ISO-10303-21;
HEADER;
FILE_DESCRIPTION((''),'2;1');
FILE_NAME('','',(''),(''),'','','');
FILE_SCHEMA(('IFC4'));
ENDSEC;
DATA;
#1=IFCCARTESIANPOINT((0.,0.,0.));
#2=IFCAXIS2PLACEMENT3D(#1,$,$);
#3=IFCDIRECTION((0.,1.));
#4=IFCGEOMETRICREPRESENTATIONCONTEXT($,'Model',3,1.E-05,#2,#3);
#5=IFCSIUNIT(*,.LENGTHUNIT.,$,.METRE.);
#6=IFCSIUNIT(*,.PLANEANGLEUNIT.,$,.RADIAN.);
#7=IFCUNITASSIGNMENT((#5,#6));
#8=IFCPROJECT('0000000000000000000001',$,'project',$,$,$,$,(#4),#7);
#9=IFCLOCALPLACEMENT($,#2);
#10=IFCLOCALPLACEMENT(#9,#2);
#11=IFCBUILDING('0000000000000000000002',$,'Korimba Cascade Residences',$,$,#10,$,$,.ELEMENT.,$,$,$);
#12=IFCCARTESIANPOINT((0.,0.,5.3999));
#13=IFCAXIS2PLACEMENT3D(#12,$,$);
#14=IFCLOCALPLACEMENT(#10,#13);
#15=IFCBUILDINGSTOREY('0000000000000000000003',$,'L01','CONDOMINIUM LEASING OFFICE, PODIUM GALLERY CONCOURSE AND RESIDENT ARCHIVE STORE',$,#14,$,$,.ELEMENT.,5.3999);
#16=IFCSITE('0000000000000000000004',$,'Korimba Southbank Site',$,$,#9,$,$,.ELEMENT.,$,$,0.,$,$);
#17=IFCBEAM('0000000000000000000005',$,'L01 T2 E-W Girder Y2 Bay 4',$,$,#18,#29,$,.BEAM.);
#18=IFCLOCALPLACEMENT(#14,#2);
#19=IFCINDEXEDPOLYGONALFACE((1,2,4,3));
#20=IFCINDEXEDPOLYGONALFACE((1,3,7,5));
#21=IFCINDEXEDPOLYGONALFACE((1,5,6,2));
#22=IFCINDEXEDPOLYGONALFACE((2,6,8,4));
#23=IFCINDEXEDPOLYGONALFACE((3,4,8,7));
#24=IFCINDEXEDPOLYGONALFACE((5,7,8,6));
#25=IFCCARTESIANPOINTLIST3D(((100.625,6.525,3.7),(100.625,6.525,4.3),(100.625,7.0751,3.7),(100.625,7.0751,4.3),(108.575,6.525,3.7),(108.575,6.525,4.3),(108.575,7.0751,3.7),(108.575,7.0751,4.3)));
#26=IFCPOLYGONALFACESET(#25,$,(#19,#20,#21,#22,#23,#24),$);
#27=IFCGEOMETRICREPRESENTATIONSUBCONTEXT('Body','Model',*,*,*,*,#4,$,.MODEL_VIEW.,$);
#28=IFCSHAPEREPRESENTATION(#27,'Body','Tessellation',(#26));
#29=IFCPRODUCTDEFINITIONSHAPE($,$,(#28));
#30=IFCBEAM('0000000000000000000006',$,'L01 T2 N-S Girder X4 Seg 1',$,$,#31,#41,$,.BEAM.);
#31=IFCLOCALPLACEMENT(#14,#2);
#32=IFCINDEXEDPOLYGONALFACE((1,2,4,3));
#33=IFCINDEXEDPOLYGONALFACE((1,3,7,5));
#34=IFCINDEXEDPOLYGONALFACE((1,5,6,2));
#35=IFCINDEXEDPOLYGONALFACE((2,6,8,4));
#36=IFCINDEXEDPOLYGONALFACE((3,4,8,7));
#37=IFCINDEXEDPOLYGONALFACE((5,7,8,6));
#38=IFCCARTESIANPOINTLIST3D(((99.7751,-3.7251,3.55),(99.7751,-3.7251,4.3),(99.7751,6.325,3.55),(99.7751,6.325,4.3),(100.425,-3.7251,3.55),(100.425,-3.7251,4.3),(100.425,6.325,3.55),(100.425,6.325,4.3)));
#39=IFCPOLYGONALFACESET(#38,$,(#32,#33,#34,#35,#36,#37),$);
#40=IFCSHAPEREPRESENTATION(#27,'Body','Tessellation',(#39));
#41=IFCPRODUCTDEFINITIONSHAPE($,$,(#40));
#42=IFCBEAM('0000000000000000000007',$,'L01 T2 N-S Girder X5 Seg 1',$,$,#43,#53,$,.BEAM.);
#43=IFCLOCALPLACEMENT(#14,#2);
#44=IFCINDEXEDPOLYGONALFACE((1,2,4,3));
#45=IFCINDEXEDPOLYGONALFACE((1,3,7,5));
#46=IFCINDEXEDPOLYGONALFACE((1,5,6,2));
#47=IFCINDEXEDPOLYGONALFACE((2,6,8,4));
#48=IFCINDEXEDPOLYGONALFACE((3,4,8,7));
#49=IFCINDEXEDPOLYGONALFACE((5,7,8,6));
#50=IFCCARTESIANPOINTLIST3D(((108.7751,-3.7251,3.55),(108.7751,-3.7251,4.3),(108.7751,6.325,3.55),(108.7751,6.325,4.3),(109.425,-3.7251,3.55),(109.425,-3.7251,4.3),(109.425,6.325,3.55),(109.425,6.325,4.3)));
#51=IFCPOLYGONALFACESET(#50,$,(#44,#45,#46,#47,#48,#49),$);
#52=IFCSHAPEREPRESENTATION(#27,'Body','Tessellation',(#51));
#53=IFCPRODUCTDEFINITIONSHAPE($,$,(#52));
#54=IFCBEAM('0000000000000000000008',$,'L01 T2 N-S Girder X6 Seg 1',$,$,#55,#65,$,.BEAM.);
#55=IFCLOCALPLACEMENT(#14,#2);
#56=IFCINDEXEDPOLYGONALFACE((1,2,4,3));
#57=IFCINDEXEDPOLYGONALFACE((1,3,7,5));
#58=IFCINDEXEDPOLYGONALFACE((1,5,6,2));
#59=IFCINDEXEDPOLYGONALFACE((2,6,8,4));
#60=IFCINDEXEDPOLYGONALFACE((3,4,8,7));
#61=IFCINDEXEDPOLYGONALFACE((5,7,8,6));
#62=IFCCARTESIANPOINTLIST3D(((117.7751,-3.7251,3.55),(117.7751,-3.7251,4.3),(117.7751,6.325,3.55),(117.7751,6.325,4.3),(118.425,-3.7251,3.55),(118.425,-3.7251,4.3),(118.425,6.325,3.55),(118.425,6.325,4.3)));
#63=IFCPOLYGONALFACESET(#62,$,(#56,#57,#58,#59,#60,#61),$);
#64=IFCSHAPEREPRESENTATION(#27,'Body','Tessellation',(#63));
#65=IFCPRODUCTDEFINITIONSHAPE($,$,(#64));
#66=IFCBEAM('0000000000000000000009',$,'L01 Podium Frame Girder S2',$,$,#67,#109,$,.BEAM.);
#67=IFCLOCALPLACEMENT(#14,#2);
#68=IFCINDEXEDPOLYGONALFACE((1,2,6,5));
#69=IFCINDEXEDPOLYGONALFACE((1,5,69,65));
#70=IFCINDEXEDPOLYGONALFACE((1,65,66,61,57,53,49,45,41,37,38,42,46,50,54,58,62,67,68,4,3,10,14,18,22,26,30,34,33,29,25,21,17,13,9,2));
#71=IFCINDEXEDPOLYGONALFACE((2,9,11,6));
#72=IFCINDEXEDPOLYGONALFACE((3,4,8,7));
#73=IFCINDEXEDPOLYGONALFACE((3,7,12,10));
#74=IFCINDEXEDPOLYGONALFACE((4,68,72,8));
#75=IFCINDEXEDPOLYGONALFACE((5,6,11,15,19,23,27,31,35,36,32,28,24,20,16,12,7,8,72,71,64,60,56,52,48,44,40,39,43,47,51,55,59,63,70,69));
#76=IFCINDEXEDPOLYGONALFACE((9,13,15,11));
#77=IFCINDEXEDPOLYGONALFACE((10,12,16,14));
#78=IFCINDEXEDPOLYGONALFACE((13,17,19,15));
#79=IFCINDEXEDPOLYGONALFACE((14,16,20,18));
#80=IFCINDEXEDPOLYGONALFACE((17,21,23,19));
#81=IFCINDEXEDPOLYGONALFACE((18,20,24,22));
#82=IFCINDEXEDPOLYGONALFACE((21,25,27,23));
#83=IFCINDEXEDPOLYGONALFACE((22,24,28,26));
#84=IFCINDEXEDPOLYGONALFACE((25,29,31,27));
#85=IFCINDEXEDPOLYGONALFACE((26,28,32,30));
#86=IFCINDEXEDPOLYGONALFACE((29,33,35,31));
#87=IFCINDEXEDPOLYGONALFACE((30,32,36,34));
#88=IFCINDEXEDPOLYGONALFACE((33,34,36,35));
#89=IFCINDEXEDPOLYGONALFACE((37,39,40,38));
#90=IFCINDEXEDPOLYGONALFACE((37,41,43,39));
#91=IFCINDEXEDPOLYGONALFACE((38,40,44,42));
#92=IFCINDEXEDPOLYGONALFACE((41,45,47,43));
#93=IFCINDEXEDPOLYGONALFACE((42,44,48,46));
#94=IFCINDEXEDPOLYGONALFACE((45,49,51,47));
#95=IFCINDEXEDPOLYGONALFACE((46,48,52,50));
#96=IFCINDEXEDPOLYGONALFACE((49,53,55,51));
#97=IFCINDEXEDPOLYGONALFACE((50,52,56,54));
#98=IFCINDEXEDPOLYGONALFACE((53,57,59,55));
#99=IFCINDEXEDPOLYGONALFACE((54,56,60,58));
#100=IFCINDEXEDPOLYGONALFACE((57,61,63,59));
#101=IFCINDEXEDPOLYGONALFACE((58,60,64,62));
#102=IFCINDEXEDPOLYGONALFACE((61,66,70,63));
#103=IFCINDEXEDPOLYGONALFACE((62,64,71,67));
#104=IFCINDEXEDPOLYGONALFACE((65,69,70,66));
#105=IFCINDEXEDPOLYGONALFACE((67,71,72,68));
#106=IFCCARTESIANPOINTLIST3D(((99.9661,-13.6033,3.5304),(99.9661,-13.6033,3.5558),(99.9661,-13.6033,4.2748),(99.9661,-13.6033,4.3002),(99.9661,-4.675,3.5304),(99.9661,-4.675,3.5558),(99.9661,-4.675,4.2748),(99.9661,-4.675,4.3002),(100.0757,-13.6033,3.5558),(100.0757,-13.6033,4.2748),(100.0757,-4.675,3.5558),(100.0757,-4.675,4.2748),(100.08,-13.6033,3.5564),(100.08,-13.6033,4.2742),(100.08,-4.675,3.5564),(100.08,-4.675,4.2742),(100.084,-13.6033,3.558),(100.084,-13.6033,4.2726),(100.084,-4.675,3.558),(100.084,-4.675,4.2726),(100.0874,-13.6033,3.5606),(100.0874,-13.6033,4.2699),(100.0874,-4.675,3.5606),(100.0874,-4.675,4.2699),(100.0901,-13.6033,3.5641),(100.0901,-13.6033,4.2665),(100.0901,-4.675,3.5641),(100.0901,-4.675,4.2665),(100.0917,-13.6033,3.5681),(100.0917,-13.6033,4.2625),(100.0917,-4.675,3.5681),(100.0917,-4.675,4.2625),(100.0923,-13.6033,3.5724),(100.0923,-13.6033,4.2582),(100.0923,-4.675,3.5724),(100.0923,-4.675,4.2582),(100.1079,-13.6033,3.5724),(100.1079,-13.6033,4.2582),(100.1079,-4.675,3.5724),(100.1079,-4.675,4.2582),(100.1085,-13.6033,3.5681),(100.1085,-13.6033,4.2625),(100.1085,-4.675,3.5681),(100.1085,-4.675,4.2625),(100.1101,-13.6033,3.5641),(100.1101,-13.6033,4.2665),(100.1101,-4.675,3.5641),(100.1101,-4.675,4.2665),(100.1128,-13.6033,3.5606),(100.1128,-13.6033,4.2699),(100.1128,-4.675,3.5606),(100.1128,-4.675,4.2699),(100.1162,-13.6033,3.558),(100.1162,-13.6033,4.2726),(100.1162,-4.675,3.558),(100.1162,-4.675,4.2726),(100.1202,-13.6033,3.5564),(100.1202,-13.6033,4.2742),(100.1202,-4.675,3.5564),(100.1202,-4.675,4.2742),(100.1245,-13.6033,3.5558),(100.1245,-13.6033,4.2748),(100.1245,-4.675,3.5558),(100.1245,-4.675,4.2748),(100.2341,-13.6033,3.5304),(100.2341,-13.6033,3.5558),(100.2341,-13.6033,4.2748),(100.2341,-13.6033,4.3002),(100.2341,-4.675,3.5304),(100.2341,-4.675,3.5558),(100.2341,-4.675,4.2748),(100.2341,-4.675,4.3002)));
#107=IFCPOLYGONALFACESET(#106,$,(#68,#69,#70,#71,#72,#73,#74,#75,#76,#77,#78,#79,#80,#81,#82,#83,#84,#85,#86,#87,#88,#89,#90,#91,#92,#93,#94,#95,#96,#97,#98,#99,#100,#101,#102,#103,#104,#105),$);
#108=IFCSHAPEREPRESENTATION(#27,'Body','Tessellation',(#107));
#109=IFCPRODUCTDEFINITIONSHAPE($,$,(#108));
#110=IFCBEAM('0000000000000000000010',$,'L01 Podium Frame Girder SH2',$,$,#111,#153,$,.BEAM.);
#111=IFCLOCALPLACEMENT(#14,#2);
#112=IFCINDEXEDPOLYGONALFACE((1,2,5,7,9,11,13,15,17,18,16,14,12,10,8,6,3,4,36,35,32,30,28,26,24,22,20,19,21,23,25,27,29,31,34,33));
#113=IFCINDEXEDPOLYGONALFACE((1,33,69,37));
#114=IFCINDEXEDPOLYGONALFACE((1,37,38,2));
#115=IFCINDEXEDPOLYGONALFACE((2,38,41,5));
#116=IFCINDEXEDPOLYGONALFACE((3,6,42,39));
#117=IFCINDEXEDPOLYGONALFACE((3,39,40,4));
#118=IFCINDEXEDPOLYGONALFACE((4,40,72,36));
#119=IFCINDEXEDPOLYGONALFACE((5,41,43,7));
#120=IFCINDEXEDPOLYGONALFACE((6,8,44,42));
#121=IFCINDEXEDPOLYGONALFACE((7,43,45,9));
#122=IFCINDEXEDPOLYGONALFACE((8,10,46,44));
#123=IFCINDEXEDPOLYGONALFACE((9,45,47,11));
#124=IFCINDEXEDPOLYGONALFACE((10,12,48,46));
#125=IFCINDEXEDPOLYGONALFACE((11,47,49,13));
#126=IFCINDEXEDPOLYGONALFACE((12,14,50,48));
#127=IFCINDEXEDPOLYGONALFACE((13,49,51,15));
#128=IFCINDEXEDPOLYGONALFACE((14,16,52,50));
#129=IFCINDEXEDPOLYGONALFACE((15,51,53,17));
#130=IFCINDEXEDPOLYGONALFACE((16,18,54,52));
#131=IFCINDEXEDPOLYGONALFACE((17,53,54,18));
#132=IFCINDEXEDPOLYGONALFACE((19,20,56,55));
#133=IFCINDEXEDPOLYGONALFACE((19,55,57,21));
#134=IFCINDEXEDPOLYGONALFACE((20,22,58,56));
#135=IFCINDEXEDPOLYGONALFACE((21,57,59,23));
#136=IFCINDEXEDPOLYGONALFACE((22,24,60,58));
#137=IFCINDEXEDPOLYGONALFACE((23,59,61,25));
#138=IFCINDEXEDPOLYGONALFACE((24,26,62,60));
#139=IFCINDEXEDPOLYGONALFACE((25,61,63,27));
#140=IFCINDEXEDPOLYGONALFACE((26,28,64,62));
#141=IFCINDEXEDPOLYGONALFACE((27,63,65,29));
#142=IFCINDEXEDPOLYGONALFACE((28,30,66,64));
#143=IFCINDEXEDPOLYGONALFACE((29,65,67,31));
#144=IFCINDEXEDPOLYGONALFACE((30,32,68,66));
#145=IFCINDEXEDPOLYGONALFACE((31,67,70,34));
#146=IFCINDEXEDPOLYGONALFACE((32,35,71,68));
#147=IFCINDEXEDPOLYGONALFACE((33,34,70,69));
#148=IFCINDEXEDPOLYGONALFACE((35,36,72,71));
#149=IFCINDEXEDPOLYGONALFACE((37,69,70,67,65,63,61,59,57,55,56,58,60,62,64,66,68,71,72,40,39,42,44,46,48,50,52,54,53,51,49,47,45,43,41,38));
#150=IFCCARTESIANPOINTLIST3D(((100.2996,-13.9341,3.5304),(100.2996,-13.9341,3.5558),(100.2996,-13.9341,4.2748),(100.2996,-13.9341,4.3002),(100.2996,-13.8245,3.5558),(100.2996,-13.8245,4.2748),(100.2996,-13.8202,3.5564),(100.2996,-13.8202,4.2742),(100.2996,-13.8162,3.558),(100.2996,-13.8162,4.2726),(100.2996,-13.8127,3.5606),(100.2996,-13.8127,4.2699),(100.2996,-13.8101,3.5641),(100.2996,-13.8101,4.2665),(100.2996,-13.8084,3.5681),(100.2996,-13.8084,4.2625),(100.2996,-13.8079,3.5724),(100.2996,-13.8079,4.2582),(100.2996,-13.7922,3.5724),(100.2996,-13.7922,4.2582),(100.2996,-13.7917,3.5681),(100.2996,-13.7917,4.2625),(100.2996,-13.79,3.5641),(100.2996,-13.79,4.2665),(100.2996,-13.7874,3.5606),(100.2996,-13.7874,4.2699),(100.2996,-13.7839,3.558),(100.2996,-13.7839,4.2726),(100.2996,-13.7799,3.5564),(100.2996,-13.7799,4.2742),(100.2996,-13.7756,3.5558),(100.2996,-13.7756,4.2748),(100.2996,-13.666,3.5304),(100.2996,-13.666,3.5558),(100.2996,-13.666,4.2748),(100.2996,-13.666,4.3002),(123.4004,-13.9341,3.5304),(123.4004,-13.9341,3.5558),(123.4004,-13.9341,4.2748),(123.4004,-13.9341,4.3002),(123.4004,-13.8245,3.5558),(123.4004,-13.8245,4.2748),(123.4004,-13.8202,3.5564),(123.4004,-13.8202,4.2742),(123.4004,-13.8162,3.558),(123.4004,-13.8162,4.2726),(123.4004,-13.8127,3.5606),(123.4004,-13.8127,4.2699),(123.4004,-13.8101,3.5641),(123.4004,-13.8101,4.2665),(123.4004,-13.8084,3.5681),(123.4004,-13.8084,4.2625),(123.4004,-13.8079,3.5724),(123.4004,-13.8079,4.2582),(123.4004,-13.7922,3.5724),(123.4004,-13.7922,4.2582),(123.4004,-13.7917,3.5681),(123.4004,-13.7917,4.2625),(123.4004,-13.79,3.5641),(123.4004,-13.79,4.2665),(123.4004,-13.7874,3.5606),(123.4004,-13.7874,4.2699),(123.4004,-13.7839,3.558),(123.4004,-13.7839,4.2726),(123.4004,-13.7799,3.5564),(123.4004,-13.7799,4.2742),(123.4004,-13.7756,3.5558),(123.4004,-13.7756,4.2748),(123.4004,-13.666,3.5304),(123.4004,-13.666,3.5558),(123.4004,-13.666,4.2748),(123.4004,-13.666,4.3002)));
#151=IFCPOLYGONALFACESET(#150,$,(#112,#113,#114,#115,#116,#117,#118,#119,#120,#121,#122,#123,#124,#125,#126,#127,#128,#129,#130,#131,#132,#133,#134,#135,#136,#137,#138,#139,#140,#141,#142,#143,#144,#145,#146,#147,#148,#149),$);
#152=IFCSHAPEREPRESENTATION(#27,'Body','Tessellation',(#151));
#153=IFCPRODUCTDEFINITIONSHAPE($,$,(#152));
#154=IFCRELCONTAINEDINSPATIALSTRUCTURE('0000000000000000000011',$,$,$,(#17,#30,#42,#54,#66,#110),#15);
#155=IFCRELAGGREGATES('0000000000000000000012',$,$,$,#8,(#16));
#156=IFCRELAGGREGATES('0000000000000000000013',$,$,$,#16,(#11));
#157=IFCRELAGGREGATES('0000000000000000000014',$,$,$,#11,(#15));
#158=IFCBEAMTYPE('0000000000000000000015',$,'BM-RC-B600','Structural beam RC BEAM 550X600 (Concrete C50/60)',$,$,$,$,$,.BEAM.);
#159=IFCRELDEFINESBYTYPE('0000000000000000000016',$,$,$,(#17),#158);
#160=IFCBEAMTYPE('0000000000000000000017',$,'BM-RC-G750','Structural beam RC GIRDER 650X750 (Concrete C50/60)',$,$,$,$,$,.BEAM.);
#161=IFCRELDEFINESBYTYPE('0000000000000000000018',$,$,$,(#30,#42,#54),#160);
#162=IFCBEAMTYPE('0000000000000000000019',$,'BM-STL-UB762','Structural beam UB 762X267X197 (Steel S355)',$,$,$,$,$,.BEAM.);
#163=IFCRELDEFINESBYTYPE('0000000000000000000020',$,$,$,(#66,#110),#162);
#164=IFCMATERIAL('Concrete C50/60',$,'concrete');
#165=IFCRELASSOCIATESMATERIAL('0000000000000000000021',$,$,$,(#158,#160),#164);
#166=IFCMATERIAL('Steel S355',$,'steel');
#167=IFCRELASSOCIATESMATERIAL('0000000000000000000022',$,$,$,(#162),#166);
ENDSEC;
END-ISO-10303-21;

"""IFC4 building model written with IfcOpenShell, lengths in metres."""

from ifc_helpers import new_model, si_unit, direction, frame, origin, origin_2d, place, context, subcontext, project, spatial, rectangle, i_section, extrude, material, material_profile, profile_set, type_object, element, save


model = new_model("IFC4")

# Units and contexts
model_context = context("Model", 3, precision=1e-05, world=origin(), true_north=direction((0.0, 1.0)))
body_context = subcontext(model_context, "Body", "Model", "MODEL_VIEW")
ifc_project = project(units=[si_unit("LENGTHUNIT", "METRE"), si_unit("PLANEANGLEUNIT", "RADIAN")], contexts=[model_context])

# Site, building, storey
site_placement = place(None, origin())
site = spatial("IfcSite", under=ifc_project, at=site_placement, Name="Korimba Southbank Site", CompositionType="ELEMENT", RefElevation=0.0)
building_placement = place(site_placement, origin())
building = spatial("IfcBuilding", under=site, at=building_placement, Name="Korimba Cascade Residences", CompositionType="ELEMENT")
storey_placement = place(building_placement, frame((0.0, 0.0, 5.3999)))
storey = spatial("IfcBuildingStorey", under=building, at=storey_placement, Name="L01", Description="CONDOMINIUM LEASING OFFICE, PODIUM GALLERY CONCOURSE AND RESIDENT ARCHIVE STORE", CompositionType="ELEMENT", Elevation=5.3999)

# Shared definitions
ifc_material_1 = material(Name="Steel S355", Category="steel")

# Beams
ifc_material_2 = material(Name="Concrete C50/60", Category="concrete")
ifc_material_profile_1 = material_profile(ifc_material_2, rectangle(XDim=0.55, YDim=0.6001, at=origin_2d()), Name="Concrete C50/60")
ifc_profile_set_1 = profile_set([ifc_material_profile_1], Name="Concrete C50/60")
beam_type_1 = type_object("IfcBeamType", Name="BM-RC-B600", Description="Structural beam RC BEAM 550X600 (Concrete C50/60)", PredefinedType="BEAM", material=ifc_profile_set_1)
beam_1_placement = place(storey_placement, frame((100.625, 6.8, 4.0), z_axis=(1.0, 0.0, 0.0), x_axis=(0.0, 1.0, 0.0)))
element("IfcBeam", 1, at=beam_1_placement, inside=storey, type_object=beam_type_1, Name="L01 T2 E-W Girder Y2 Bay 4", PredefinedType="BEAM", context=body_context, shape_type="SweptSolid", body=[
    extrude(rectangle(XDim=0.55, YDim=0.6001, at=origin_2d()), origin(), (0.0, 0.0, 1.0), 7.95),
])
ifc_material_profile_2 = material_profile(ifc_material_2, rectangle(XDim=0.6499, YDim=0.75, at=origin_2d()), Name="Concrete C50/60")
ifc_profile_set_2 = profile_set([ifc_material_profile_2], Name="Concrete C50/60")
beam_type_2 = type_object("IfcBeamType", Name="BM-RC-G750", Description="Structural beam RC GIRDER 650X750 (Concrete C50/60)", PredefinedType="BEAM", material=ifc_profile_set_2)
for number, where, z_axis, x_axis, name in (
    (2, (100.1001, -3.7251, 3.925), (0.0, 1.0, 0.0), (-1.0, 0.0, 0.0), "L01 T2 N-S Girder X4 Seg 1"),
    (3, (109.1001, -3.7251, 3.925), (0.0, 1.0, 0.0), (-1.0, 0.0, 0.0), "L01 T2 N-S Girder X5 Seg 1"),
    (4, (118.1001, -3.7251, 3.925), (0.0, 1.0, 0.0), (-1.0, 0.0, 0.0), "L01 T2 N-S Girder X6 Seg 1"),
):
    element("IfcBeam", number, at=place(storey_placement, frame(where, z_axis=z_axis, x_axis=x_axis)), inside=storey, type_object=beam_type_2, Name=name, PredefinedType="BEAM", context=body_context, shape_type="SweptSolid", body=[
        extrude(rectangle(XDim=0.6499, YDim=0.75, at=origin_2d()), origin(), (0.0, 0.0, 1.0), 10.05),
    ])
ifc_material_profile_3 = material_profile(ifc_material_1, i_section(OverallWidth=0.2681, OverallDepth=0.7698, WebThickness=0.0156, FlangeThickness=0.0254, FilletRadius=0.0166, at=origin_2d()), Name="Steel S355")
ifc_profile_set_3 = profile_set([ifc_material_profile_3], Name="Steel S355")
beam_type_3 = type_object("IfcBeamType", Name="BM-STL-UB762", Description="Structural beam UB 762X267X197 (Steel S355)", PredefinedType="BEAM", material=ifc_profile_set_3)
beam_2_placement = place(storey_placement, frame((100.1001, -13.6033, 3.9153), z_axis=(0.0, 1.0, 0.0), x_axis=(-1.0, 0.0, 0.0)))
element("IfcBeam", 5, at=beam_2_placement, inside=storey, type_object=beam_type_3, Name="L01 Podium Frame Girder S2", PredefinedType="BEAM", context=body_context, shape_type="SweptSolid", body=[
    extrude(i_section(OverallWidth=0.2681, OverallDepth=0.7698, WebThickness=0.0156, FlangeThickness=0.0254, FilletRadius=0.0166, at=origin_2d()), origin(), (0.0, 0.0, 1.0), 8.9282),
])
beam_3_placement = place(storey_placement, frame((100.2996, -13.8, 3.9153), z_axis=(1.0, 0.0, 0.0), x_axis=(0.0, 1.0, 0.0)))
element("IfcBeam", 6, at=beam_3_placement, inside=storey, type_object=beam_type_3, Name="L01 Podium Frame Girder SH2", PredefinedType="BEAM", context=body_context, shape_type="SweptSolid", body=[
    extrude(i_section(OverallWidth=0.2681, OverallDepth=0.7698, WebThickness=0.0156, FlangeThickness=0.0254, FilletRadius=0.0166, at=origin_2d()), origin(), (0.0, 0.0, 1.0), 23.1008),
])

save(model, "model.ifc")
